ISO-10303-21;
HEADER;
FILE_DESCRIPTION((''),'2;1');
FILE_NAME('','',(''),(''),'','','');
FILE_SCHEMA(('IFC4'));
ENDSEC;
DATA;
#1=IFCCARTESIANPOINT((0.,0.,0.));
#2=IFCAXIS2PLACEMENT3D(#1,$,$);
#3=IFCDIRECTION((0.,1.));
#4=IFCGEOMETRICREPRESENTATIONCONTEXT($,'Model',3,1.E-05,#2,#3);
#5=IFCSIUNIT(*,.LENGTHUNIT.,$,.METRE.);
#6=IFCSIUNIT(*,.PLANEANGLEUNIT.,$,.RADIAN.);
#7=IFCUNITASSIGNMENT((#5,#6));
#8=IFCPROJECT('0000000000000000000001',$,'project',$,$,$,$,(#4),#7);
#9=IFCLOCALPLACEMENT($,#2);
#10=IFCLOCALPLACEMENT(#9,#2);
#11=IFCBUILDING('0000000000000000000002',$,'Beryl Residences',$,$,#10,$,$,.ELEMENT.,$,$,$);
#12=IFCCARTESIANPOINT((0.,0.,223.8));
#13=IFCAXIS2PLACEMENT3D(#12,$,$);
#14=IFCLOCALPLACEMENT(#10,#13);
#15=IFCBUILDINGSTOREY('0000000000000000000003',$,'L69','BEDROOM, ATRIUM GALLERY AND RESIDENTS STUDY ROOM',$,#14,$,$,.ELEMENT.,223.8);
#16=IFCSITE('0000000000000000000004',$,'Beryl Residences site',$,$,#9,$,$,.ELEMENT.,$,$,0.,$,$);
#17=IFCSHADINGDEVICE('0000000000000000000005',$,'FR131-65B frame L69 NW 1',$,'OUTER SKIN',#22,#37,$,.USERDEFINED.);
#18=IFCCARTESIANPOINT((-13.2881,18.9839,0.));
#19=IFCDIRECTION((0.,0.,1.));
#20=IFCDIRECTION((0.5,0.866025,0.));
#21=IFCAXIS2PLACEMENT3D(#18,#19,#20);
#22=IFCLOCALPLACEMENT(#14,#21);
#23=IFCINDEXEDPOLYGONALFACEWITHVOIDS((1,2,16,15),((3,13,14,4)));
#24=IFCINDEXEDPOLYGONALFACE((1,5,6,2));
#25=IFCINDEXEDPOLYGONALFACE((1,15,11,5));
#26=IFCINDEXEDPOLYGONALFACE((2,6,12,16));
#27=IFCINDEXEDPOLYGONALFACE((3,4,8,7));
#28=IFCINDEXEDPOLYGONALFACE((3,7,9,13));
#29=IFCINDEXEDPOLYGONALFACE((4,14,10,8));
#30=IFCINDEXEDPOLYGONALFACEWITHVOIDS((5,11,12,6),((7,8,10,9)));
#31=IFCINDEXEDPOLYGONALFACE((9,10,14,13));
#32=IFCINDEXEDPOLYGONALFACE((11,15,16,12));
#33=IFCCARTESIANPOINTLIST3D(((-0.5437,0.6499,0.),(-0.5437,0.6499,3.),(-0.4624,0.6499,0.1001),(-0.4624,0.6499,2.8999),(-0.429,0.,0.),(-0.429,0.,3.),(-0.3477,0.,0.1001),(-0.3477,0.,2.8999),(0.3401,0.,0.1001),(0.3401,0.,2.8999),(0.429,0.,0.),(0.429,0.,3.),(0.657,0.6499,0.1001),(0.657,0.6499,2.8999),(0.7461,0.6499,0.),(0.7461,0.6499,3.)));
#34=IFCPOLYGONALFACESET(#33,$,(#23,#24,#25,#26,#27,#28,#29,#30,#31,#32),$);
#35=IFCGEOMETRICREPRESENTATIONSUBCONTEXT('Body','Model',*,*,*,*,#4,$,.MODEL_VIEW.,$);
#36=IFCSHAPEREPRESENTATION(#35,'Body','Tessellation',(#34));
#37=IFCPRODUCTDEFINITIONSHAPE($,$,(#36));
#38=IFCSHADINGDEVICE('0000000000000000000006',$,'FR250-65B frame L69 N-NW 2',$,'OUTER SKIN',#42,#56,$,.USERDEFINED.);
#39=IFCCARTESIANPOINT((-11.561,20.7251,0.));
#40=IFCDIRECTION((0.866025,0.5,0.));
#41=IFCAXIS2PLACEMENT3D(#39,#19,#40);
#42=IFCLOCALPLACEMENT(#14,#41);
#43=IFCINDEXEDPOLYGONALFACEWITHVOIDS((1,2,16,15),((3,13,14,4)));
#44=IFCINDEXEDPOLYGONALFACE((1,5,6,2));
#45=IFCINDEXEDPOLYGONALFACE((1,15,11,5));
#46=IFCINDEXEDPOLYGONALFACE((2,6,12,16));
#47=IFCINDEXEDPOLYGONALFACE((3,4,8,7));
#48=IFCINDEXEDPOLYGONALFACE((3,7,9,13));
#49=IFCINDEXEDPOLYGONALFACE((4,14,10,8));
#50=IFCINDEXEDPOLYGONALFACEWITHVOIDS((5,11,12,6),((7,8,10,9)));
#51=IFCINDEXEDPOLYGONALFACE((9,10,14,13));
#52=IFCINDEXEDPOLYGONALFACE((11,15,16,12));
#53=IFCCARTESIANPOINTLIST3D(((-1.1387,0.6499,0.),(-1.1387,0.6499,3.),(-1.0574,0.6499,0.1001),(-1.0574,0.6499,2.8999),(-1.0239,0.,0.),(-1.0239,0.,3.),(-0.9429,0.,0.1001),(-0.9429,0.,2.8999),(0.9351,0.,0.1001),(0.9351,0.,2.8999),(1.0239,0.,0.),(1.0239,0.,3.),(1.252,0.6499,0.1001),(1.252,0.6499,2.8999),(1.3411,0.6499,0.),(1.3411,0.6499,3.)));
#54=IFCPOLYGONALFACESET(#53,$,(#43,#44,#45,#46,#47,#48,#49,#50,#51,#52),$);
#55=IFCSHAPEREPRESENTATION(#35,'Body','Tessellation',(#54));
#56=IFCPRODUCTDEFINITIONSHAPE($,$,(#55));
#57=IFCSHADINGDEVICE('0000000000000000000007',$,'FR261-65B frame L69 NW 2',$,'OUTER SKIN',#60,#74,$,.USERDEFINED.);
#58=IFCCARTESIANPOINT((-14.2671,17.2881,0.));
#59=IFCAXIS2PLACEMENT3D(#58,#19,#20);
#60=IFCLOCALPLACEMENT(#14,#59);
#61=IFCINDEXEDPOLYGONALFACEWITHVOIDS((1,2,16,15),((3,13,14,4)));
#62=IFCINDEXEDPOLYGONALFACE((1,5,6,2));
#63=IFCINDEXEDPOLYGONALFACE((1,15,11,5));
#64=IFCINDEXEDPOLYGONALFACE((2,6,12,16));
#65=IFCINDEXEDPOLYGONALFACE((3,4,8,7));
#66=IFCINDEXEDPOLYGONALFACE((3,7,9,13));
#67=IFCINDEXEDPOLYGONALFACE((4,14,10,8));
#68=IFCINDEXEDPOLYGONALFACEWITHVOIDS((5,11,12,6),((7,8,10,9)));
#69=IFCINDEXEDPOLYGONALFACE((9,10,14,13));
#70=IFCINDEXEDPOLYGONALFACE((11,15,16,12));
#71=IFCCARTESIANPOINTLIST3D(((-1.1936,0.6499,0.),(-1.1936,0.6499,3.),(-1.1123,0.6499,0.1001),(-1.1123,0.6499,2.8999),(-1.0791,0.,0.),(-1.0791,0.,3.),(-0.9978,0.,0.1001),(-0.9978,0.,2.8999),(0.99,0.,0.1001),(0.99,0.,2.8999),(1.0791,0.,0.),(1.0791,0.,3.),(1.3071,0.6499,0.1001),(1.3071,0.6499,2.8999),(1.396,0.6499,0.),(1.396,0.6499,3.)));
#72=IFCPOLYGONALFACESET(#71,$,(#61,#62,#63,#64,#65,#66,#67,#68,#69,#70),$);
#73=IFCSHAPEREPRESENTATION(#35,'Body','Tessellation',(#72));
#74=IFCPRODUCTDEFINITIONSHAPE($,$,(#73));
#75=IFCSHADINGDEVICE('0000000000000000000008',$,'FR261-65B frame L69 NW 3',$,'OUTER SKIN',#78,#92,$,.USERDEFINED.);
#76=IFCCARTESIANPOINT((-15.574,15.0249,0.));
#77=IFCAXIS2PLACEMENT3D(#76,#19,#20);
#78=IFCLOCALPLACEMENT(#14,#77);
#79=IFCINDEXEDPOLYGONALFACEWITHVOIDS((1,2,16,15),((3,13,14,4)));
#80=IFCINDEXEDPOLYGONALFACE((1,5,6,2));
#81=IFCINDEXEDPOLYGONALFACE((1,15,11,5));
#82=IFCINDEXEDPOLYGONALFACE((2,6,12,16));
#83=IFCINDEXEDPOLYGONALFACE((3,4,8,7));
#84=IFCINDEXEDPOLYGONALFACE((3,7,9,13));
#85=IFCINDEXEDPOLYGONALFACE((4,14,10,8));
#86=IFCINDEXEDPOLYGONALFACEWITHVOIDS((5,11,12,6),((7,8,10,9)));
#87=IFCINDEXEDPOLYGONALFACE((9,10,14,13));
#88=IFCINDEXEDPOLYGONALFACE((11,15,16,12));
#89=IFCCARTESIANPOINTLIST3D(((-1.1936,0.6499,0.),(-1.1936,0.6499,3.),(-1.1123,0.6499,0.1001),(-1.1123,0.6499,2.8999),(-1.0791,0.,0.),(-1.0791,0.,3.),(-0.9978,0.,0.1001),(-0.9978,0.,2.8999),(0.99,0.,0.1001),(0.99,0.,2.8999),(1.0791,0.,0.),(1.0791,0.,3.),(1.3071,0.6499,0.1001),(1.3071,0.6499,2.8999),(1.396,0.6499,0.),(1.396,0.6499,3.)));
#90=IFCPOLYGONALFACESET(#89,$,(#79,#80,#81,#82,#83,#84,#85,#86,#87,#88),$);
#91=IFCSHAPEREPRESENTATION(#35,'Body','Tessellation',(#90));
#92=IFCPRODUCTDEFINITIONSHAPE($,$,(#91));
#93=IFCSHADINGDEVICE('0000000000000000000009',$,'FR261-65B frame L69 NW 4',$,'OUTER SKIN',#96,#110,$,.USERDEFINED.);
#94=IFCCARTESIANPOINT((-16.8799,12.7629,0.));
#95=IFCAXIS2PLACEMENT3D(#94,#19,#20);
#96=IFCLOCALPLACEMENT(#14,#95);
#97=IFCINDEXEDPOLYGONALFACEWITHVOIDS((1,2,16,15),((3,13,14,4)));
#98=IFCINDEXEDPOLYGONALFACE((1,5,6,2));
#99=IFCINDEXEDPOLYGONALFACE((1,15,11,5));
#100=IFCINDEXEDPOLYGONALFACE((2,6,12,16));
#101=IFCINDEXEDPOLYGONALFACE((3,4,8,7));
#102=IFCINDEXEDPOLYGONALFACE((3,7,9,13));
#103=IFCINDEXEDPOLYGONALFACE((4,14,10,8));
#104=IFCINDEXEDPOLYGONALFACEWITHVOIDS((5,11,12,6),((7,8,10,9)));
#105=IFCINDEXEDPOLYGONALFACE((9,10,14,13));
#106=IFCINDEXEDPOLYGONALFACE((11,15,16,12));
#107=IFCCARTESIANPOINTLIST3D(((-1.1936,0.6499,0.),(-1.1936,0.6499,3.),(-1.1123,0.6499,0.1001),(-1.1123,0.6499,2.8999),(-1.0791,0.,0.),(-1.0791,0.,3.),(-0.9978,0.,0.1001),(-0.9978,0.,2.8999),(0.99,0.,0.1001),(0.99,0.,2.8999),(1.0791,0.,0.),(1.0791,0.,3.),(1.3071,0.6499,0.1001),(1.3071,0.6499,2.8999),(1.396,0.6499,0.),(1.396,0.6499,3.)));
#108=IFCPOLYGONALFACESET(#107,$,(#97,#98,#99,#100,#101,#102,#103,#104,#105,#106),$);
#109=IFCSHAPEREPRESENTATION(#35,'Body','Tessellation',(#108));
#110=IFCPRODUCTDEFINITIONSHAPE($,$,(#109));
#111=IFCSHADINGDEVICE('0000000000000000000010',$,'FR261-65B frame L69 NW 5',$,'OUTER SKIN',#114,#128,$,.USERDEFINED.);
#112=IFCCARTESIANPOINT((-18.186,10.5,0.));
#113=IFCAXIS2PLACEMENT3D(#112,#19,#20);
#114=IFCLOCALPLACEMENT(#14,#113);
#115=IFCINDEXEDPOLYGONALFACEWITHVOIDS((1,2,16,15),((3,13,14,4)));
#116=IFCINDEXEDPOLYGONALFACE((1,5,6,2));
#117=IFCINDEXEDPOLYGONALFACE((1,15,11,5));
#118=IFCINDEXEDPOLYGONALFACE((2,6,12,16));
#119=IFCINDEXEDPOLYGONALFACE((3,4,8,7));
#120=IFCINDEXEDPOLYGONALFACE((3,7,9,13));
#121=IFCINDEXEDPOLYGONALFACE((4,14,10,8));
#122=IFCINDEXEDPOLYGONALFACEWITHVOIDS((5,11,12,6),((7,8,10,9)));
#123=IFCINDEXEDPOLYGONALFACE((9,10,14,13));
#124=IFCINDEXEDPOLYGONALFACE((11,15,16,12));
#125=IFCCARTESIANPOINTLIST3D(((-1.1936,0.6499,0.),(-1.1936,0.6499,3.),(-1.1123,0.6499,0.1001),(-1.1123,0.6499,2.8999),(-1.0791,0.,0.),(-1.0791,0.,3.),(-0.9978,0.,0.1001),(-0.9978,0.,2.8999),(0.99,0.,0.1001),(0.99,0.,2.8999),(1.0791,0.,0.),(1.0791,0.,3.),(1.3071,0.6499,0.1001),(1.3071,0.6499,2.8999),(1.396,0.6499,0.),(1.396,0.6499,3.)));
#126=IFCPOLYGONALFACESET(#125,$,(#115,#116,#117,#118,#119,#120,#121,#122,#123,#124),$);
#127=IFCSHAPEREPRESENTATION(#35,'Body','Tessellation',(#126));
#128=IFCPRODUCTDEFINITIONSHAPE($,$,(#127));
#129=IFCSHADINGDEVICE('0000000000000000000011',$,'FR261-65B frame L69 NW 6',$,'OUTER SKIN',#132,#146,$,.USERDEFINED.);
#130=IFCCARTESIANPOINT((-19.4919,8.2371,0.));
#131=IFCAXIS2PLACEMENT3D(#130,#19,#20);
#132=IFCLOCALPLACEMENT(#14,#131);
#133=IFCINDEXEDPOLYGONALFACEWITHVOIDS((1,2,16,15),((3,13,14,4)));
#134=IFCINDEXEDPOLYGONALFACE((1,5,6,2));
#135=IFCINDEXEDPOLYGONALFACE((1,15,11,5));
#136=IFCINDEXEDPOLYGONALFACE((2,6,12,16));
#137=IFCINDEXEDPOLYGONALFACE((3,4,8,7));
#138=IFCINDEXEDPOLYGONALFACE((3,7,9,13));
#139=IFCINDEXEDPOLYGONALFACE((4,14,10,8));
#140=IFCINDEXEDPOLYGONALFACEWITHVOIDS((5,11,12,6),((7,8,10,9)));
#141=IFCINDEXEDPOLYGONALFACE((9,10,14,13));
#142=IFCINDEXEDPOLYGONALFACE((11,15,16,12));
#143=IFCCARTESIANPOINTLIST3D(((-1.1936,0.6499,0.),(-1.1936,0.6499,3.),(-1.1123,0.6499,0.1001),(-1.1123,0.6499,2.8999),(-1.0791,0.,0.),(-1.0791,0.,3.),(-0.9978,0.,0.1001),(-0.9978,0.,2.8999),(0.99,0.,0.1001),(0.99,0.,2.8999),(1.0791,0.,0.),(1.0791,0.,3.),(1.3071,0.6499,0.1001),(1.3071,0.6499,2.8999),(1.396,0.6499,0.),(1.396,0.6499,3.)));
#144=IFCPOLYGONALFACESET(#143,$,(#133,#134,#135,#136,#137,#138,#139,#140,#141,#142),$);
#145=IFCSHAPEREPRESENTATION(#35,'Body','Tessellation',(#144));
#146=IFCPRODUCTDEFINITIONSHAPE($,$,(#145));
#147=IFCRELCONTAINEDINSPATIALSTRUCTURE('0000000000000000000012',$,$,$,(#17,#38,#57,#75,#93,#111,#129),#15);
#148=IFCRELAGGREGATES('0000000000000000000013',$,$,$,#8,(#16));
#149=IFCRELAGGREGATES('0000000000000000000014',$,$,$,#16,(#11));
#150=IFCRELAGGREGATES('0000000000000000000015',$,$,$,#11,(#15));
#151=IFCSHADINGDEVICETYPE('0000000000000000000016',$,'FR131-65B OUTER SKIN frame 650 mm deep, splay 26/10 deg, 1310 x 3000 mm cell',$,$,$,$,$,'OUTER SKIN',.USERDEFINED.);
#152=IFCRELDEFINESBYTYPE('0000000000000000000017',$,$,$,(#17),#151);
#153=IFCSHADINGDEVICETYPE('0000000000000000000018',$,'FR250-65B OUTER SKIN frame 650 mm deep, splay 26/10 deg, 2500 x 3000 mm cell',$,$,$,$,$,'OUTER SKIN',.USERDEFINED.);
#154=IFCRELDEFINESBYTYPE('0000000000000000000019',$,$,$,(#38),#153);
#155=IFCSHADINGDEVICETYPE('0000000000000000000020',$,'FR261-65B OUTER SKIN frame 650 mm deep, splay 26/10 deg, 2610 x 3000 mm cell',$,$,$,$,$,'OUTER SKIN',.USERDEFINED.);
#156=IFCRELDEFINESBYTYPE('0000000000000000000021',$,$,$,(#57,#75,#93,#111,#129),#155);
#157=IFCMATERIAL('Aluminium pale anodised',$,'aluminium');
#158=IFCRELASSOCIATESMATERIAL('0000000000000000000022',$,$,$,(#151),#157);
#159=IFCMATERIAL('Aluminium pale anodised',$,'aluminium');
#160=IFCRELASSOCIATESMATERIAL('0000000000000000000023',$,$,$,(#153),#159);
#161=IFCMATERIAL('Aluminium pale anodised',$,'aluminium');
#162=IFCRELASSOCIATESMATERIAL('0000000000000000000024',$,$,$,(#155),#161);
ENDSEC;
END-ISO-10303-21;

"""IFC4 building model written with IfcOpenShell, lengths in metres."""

from ifc_helpers import new_model, entity, si_unit, direction, frame, origin, place, context, subcontext, project, spatial, source, transform, mapped, material, type_object, type_shapes, element, save


model = new_model("IFC4")

# Units and contexts
model_context = context("Model", 3, precision=1e-05, world=origin(), true_north=direction((0.0, 1.0)))
body_context = subcontext(model_context, "Body", "Model", "MODEL_VIEW")
ifc_project = project(units=[si_unit("LENGTHUNIT", "METRE"), si_unit("PLANEANGLEUNIT", "RADIAN")], contexts=[model_context])

# Site, building, storey
site_placement = place(None, origin())
site = spatial("IfcSite", under=ifc_project, at=site_placement, Name="Beryl Residences site", CompositionType="ELEMENT", RefElevation=0.0)
building_placement = place(site_placement, origin())
building = spatial("IfcBuilding", under=site, at=building_placement, Name="Beryl Residences", CompositionType="ELEMENT")
storey_placement = place(building_placement, frame((0.0, 0.0, 223.8)))
storey = spatial("IfcBuildingStorey", under=building, at=storey_placement, Name="L69", Description="BEDROOM, ATRIUM GALLERY AND RESIDENTS STUDY ROOM", CompositionType="ELEMENT", Elevation=223.8)

# Shading devices
ifc_material_1 = material(Name="Aluminium pale anodised", Category="aluminium")
shading_device_type_1 = type_object("IfcShadingDeviceType", Name="FR131-65B OUTER SKIN frame 650 mm deep, splay 26/10 deg, 1310 x 3000 mm cell", ElementType="OUTER SKIN", PredefinedType="USERDEFINED", material=ifc_material_1)
cartesian_point_1 = entity("IfcCartesianPoint", [-0.429, 0.0])
cartesian_point_2 = entity("IfcCartesianPoint", [-0.3401, 0.1001])
cartesian_point_3 = entity("IfcCartesianPoint", [-0.7461, 0.0])
cartesian_point_4 = entity("IfcCartesianPoint", [-0.657, 0.1001])
shared_shape_1 = source(origin(), body_context, "Body", "SweptSolid", [
    entity("IfcExtrudedAreaSolidTapered", entity("IfcArbitraryProfileDefWithVoids", "AREA", None, entity("IfcPolyline", [cartesian_point_1, entity("IfcCartesianPoint", [0.429, 0.0]), entity("IfcCartesianPoint", [0.429, 3.0]), entity("IfcCartesianPoint", [-0.429, 3.0]), cartesian_point_1]), [entity("IfcPolyline", [cartesian_point_2, entity("IfcCartesianPoint", [0.3477, 0.1001]), entity("IfcCartesianPoint", [0.3477, 2.8999]), entity("IfcCartesianPoint", [-0.3401, 2.8999]), cartesian_point_2])]), entity("IfcAxis2Placement3D", entity("IfcCartesianPoint", [0.0, 0.0, 0.0]), entity("IfcDirection", [0.0, 1.0, 0.0]), entity("IfcDirection", [-1.0, 0.0, 0.0])), entity("IfcDirection", [0.0, 0.0, 1.0]), 0.6499, entity("IfcArbitraryProfileDefWithVoids", "AREA", None, entity("IfcPolyline", [cartesian_point_3, entity("IfcCartesianPoint", [0.5437, 0.0]), entity("IfcCartesianPoint", [0.5437, 3.0]), entity("IfcCartesianPoint", [-0.7461, 3.0]), cartesian_point_3]), [entity("IfcPolyline", [cartesian_point_4, entity("IfcCartesianPoint", [0.4624, 0.1001]), entity("IfcCartesianPoint", [0.4624, 2.8999]), entity("IfcCartesianPoint", [-0.657, 2.8999]), cartesian_point_4])])),
])
type_shapes(shading_device_type_1, [shared_shape_1])
shading_device_1_placement = place(storey_placement, frame((-13.2881, 18.9839, 0.0), z_axis=(0.0, 0.0, 1.0), x_axis=(0.5, 0.866025, 0.0)))
element("IfcShadingDevice", 1, at=shading_device_1_placement, inside=storey, type_object=shading_device_type_1, Name="FR131-65B frame L69 NW 1", ObjectType="OUTER SKIN", PredefinedType="USERDEFINED", context=body_context, shape_type="MappedRepresentation", body=[
    mapped(shared_shape_1, transform((0.0, 0.0, 0.0))),
])
ifc_material_2 = material(Name="Aluminium pale anodised", Category="aluminium")
shading_device_type_2 = type_object("IfcShadingDeviceType", Name="FR250-65B OUTER SKIN frame 650 mm deep, splay 26/10 deg, 2500 x 3000 mm cell", ElementType="OUTER SKIN", PredefinedType="USERDEFINED", material=ifc_material_2)
cartesian_point_5 = entity("IfcCartesianPoint", [-1.0239, 0.0])
cartesian_point_6 = entity("IfcCartesianPoint", [-0.9351, 0.1001])
cartesian_point_7 = entity("IfcCartesianPoint", [-1.3411, 0.0])
cartesian_point_8 = entity("IfcCartesianPoint", [-1.252, 0.1001])
shared_shape_2 = source(origin(), body_context, "Body", "SweptSolid", [
    entity("IfcExtrudedAreaSolidTapered", entity("IfcArbitraryProfileDefWithVoids", "AREA", None, entity("IfcPolyline", [cartesian_point_5, entity("IfcCartesianPoint", [1.0239, 0.0]), entity("IfcCartesianPoint", [1.0239, 3.0]), entity("IfcCartesianPoint", [-1.0239, 3.0]), cartesian_point_5]), [entity("IfcPolyline", [cartesian_point_6, entity("IfcCartesianPoint", [0.9429, 0.1001]), entity("IfcCartesianPoint", [0.9429, 2.8999]), entity("IfcCartesianPoint", [-0.9351, 2.8999]), cartesian_point_6])]), entity("IfcAxis2Placement3D", entity("IfcCartesianPoint", [0.0, 0.0, 0.0]), entity("IfcDirection", [0.0, 1.0, 0.0]), entity("IfcDirection", [-1.0, 0.0, 0.0])), entity("IfcDirection", [0.0, 0.0, 1.0]), 0.6499, entity("IfcArbitraryProfileDefWithVoids", "AREA", None, entity("IfcPolyline", [cartesian_point_7, entity("IfcCartesianPoint", [1.1387, 0.0]), entity("IfcCartesianPoint", [1.1387, 3.0]), entity("IfcCartesianPoint", [-1.3411, 3.0]), cartesian_point_7]), [entity("IfcPolyline", [cartesian_point_8, entity("IfcCartesianPoint", [1.0574, 0.1001]), entity("IfcCartesianPoint", [1.0574, 2.8999]), entity("IfcCartesianPoint", [-1.252, 2.8999]), cartesian_point_8])])),
])
type_shapes(shading_device_type_2, [shared_shape_2])
shading_device_2_placement = place(storey_placement, frame((-11.561, 20.7251, 0.0), z_axis=(0.0, 0.0, 1.0), x_axis=(0.866025, 0.5, 0.0)))
element("IfcShadingDevice", 2, at=shading_device_2_placement, inside=storey, type_object=shading_device_type_2, Name="FR250-65B frame L69 N-NW 2", ObjectType="OUTER SKIN", PredefinedType="USERDEFINED", context=body_context, shape_type="MappedRepresentation", body=[
    mapped(shared_shape_2, transform((0.0, 0.0, 0.0))),
])
ifc_material_3 = material(Name="Aluminium pale anodised", Category="aluminium")
shading_device_type_3 = type_object("IfcShadingDeviceType", Name="FR261-65B OUTER SKIN frame 650 mm deep, splay 26/10 deg, 2610 x 3000 mm cell", ElementType="OUTER SKIN", PredefinedType="USERDEFINED", material=ifc_material_3)
cartesian_point_9 = entity("IfcCartesianPoint", [-1.0791, 0.0])
cartesian_point_10 = entity("IfcCartesianPoint", [-0.99, 0.1001])
cartesian_point_11 = entity("IfcCartesianPoint", [-1.396, 0.0])
cartesian_point_12 = entity("IfcCartesianPoint", [-1.3071, 0.1001])
shared_shape_3 = source(origin(), body_context, "Body", "SweptSolid", [
    entity("IfcExtrudedAreaSolidTapered", entity("IfcArbitraryProfileDefWithVoids", "AREA", None, entity("IfcPolyline", [cartesian_point_9, entity("IfcCartesianPoint", [1.0791, 0.0]), entity("IfcCartesianPoint", [1.0791, 3.0]), entity("IfcCartesianPoint", [-1.0791, 3.0]), cartesian_point_9]), [entity("IfcPolyline", [cartesian_point_10, entity("IfcCartesianPoint", [0.9978, 0.1001]), entity("IfcCartesianPoint", [0.9978, 2.8999]), entity("IfcCartesianPoint", [-0.99, 2.8999]), cartesian_point_10])]), entity("IfcAxis2Placement3D", entity("IfcCartesianPoint", [0.0, 0.0, 0.0]), entity("IfcDirection", [0.0, 1.0, 0.0]), entity("IfcDirection", [-1.0, 0.0, 0.0])), entity("IfcDirection", [0.0, 0.0, 1.0]), 0.6499, entity("IfcArbitraryProfileDefWithVoids", "AREA", None, entity("IfcPolyline", [cartesian_point_11, entity("IfcCartesianPoint", [1.1936, 0.0]), entity("IfcCartesianPoint", [1.1936, 3.0]), entity("IfcCartesianPoint", [-1.396, 3.0]), cartesian_point_11]), [entity("IfcPolyline", [cartesian_point_12, entity("IfcCartesianPoint", [1.1123, 0.1001]), entity("IfcCartesianPoint", [1.1123, 2.8999]), entity("IfcCartesianPoint", [-1.3071, 2.8999]), cartesian_point_12])])),
])
type_shapes(shading_device_type_3, [shared_shape_3])
for number, where, z_axis, x_axis, name in (
    (3, (-14.2671, 17.2881, 0.0), (0.0, 0.0, 1.0), (0.5, 0.866025, 0.0), "FR261-65B frame L69 NW 2"),
    (4, (-15.574, 15.0249, 0.0), (0.0, 0.0, 1.0), (0.5, 0.866025, 0.0), "FR261-65B frame L69 NW 3"),
    (5, (-16.8799, 12.7629, 0.0), (0.0, 0.0, 1.0), (0.5, 0.866025, 0.0), "FR261-65B frame L69 NW 4"),
    (6, (-18.186, 10.5, 0.0), (0.0, 0.0, 1.0), (0.5, 0.866025, 0.0), "FR261-65B frame L69 NW 5"),
    (7, (-19.4919, 8.2371, 0.0), (0.0, 0.0, 1.0), (0.5, 0.866025, 0.0), "FR261-65B frame L69 NW 6"),
):
    element("IfcShadingDevice", number, at=place(storey_placement, frame(where, z_axis=z_axis, x_axis=x_axis)), inside=storey, type_object=shading_device_type_3, Name=name, ObjectType="OUTER SKIN", PredefinedType="USERDEFINED", context=body_context, shape_type="MappedRepresentation", body=[
        mapped(shared_shape_3, transform((0.0, 0.0, 0.0))),
    ])

save(model, "model.ifc")
